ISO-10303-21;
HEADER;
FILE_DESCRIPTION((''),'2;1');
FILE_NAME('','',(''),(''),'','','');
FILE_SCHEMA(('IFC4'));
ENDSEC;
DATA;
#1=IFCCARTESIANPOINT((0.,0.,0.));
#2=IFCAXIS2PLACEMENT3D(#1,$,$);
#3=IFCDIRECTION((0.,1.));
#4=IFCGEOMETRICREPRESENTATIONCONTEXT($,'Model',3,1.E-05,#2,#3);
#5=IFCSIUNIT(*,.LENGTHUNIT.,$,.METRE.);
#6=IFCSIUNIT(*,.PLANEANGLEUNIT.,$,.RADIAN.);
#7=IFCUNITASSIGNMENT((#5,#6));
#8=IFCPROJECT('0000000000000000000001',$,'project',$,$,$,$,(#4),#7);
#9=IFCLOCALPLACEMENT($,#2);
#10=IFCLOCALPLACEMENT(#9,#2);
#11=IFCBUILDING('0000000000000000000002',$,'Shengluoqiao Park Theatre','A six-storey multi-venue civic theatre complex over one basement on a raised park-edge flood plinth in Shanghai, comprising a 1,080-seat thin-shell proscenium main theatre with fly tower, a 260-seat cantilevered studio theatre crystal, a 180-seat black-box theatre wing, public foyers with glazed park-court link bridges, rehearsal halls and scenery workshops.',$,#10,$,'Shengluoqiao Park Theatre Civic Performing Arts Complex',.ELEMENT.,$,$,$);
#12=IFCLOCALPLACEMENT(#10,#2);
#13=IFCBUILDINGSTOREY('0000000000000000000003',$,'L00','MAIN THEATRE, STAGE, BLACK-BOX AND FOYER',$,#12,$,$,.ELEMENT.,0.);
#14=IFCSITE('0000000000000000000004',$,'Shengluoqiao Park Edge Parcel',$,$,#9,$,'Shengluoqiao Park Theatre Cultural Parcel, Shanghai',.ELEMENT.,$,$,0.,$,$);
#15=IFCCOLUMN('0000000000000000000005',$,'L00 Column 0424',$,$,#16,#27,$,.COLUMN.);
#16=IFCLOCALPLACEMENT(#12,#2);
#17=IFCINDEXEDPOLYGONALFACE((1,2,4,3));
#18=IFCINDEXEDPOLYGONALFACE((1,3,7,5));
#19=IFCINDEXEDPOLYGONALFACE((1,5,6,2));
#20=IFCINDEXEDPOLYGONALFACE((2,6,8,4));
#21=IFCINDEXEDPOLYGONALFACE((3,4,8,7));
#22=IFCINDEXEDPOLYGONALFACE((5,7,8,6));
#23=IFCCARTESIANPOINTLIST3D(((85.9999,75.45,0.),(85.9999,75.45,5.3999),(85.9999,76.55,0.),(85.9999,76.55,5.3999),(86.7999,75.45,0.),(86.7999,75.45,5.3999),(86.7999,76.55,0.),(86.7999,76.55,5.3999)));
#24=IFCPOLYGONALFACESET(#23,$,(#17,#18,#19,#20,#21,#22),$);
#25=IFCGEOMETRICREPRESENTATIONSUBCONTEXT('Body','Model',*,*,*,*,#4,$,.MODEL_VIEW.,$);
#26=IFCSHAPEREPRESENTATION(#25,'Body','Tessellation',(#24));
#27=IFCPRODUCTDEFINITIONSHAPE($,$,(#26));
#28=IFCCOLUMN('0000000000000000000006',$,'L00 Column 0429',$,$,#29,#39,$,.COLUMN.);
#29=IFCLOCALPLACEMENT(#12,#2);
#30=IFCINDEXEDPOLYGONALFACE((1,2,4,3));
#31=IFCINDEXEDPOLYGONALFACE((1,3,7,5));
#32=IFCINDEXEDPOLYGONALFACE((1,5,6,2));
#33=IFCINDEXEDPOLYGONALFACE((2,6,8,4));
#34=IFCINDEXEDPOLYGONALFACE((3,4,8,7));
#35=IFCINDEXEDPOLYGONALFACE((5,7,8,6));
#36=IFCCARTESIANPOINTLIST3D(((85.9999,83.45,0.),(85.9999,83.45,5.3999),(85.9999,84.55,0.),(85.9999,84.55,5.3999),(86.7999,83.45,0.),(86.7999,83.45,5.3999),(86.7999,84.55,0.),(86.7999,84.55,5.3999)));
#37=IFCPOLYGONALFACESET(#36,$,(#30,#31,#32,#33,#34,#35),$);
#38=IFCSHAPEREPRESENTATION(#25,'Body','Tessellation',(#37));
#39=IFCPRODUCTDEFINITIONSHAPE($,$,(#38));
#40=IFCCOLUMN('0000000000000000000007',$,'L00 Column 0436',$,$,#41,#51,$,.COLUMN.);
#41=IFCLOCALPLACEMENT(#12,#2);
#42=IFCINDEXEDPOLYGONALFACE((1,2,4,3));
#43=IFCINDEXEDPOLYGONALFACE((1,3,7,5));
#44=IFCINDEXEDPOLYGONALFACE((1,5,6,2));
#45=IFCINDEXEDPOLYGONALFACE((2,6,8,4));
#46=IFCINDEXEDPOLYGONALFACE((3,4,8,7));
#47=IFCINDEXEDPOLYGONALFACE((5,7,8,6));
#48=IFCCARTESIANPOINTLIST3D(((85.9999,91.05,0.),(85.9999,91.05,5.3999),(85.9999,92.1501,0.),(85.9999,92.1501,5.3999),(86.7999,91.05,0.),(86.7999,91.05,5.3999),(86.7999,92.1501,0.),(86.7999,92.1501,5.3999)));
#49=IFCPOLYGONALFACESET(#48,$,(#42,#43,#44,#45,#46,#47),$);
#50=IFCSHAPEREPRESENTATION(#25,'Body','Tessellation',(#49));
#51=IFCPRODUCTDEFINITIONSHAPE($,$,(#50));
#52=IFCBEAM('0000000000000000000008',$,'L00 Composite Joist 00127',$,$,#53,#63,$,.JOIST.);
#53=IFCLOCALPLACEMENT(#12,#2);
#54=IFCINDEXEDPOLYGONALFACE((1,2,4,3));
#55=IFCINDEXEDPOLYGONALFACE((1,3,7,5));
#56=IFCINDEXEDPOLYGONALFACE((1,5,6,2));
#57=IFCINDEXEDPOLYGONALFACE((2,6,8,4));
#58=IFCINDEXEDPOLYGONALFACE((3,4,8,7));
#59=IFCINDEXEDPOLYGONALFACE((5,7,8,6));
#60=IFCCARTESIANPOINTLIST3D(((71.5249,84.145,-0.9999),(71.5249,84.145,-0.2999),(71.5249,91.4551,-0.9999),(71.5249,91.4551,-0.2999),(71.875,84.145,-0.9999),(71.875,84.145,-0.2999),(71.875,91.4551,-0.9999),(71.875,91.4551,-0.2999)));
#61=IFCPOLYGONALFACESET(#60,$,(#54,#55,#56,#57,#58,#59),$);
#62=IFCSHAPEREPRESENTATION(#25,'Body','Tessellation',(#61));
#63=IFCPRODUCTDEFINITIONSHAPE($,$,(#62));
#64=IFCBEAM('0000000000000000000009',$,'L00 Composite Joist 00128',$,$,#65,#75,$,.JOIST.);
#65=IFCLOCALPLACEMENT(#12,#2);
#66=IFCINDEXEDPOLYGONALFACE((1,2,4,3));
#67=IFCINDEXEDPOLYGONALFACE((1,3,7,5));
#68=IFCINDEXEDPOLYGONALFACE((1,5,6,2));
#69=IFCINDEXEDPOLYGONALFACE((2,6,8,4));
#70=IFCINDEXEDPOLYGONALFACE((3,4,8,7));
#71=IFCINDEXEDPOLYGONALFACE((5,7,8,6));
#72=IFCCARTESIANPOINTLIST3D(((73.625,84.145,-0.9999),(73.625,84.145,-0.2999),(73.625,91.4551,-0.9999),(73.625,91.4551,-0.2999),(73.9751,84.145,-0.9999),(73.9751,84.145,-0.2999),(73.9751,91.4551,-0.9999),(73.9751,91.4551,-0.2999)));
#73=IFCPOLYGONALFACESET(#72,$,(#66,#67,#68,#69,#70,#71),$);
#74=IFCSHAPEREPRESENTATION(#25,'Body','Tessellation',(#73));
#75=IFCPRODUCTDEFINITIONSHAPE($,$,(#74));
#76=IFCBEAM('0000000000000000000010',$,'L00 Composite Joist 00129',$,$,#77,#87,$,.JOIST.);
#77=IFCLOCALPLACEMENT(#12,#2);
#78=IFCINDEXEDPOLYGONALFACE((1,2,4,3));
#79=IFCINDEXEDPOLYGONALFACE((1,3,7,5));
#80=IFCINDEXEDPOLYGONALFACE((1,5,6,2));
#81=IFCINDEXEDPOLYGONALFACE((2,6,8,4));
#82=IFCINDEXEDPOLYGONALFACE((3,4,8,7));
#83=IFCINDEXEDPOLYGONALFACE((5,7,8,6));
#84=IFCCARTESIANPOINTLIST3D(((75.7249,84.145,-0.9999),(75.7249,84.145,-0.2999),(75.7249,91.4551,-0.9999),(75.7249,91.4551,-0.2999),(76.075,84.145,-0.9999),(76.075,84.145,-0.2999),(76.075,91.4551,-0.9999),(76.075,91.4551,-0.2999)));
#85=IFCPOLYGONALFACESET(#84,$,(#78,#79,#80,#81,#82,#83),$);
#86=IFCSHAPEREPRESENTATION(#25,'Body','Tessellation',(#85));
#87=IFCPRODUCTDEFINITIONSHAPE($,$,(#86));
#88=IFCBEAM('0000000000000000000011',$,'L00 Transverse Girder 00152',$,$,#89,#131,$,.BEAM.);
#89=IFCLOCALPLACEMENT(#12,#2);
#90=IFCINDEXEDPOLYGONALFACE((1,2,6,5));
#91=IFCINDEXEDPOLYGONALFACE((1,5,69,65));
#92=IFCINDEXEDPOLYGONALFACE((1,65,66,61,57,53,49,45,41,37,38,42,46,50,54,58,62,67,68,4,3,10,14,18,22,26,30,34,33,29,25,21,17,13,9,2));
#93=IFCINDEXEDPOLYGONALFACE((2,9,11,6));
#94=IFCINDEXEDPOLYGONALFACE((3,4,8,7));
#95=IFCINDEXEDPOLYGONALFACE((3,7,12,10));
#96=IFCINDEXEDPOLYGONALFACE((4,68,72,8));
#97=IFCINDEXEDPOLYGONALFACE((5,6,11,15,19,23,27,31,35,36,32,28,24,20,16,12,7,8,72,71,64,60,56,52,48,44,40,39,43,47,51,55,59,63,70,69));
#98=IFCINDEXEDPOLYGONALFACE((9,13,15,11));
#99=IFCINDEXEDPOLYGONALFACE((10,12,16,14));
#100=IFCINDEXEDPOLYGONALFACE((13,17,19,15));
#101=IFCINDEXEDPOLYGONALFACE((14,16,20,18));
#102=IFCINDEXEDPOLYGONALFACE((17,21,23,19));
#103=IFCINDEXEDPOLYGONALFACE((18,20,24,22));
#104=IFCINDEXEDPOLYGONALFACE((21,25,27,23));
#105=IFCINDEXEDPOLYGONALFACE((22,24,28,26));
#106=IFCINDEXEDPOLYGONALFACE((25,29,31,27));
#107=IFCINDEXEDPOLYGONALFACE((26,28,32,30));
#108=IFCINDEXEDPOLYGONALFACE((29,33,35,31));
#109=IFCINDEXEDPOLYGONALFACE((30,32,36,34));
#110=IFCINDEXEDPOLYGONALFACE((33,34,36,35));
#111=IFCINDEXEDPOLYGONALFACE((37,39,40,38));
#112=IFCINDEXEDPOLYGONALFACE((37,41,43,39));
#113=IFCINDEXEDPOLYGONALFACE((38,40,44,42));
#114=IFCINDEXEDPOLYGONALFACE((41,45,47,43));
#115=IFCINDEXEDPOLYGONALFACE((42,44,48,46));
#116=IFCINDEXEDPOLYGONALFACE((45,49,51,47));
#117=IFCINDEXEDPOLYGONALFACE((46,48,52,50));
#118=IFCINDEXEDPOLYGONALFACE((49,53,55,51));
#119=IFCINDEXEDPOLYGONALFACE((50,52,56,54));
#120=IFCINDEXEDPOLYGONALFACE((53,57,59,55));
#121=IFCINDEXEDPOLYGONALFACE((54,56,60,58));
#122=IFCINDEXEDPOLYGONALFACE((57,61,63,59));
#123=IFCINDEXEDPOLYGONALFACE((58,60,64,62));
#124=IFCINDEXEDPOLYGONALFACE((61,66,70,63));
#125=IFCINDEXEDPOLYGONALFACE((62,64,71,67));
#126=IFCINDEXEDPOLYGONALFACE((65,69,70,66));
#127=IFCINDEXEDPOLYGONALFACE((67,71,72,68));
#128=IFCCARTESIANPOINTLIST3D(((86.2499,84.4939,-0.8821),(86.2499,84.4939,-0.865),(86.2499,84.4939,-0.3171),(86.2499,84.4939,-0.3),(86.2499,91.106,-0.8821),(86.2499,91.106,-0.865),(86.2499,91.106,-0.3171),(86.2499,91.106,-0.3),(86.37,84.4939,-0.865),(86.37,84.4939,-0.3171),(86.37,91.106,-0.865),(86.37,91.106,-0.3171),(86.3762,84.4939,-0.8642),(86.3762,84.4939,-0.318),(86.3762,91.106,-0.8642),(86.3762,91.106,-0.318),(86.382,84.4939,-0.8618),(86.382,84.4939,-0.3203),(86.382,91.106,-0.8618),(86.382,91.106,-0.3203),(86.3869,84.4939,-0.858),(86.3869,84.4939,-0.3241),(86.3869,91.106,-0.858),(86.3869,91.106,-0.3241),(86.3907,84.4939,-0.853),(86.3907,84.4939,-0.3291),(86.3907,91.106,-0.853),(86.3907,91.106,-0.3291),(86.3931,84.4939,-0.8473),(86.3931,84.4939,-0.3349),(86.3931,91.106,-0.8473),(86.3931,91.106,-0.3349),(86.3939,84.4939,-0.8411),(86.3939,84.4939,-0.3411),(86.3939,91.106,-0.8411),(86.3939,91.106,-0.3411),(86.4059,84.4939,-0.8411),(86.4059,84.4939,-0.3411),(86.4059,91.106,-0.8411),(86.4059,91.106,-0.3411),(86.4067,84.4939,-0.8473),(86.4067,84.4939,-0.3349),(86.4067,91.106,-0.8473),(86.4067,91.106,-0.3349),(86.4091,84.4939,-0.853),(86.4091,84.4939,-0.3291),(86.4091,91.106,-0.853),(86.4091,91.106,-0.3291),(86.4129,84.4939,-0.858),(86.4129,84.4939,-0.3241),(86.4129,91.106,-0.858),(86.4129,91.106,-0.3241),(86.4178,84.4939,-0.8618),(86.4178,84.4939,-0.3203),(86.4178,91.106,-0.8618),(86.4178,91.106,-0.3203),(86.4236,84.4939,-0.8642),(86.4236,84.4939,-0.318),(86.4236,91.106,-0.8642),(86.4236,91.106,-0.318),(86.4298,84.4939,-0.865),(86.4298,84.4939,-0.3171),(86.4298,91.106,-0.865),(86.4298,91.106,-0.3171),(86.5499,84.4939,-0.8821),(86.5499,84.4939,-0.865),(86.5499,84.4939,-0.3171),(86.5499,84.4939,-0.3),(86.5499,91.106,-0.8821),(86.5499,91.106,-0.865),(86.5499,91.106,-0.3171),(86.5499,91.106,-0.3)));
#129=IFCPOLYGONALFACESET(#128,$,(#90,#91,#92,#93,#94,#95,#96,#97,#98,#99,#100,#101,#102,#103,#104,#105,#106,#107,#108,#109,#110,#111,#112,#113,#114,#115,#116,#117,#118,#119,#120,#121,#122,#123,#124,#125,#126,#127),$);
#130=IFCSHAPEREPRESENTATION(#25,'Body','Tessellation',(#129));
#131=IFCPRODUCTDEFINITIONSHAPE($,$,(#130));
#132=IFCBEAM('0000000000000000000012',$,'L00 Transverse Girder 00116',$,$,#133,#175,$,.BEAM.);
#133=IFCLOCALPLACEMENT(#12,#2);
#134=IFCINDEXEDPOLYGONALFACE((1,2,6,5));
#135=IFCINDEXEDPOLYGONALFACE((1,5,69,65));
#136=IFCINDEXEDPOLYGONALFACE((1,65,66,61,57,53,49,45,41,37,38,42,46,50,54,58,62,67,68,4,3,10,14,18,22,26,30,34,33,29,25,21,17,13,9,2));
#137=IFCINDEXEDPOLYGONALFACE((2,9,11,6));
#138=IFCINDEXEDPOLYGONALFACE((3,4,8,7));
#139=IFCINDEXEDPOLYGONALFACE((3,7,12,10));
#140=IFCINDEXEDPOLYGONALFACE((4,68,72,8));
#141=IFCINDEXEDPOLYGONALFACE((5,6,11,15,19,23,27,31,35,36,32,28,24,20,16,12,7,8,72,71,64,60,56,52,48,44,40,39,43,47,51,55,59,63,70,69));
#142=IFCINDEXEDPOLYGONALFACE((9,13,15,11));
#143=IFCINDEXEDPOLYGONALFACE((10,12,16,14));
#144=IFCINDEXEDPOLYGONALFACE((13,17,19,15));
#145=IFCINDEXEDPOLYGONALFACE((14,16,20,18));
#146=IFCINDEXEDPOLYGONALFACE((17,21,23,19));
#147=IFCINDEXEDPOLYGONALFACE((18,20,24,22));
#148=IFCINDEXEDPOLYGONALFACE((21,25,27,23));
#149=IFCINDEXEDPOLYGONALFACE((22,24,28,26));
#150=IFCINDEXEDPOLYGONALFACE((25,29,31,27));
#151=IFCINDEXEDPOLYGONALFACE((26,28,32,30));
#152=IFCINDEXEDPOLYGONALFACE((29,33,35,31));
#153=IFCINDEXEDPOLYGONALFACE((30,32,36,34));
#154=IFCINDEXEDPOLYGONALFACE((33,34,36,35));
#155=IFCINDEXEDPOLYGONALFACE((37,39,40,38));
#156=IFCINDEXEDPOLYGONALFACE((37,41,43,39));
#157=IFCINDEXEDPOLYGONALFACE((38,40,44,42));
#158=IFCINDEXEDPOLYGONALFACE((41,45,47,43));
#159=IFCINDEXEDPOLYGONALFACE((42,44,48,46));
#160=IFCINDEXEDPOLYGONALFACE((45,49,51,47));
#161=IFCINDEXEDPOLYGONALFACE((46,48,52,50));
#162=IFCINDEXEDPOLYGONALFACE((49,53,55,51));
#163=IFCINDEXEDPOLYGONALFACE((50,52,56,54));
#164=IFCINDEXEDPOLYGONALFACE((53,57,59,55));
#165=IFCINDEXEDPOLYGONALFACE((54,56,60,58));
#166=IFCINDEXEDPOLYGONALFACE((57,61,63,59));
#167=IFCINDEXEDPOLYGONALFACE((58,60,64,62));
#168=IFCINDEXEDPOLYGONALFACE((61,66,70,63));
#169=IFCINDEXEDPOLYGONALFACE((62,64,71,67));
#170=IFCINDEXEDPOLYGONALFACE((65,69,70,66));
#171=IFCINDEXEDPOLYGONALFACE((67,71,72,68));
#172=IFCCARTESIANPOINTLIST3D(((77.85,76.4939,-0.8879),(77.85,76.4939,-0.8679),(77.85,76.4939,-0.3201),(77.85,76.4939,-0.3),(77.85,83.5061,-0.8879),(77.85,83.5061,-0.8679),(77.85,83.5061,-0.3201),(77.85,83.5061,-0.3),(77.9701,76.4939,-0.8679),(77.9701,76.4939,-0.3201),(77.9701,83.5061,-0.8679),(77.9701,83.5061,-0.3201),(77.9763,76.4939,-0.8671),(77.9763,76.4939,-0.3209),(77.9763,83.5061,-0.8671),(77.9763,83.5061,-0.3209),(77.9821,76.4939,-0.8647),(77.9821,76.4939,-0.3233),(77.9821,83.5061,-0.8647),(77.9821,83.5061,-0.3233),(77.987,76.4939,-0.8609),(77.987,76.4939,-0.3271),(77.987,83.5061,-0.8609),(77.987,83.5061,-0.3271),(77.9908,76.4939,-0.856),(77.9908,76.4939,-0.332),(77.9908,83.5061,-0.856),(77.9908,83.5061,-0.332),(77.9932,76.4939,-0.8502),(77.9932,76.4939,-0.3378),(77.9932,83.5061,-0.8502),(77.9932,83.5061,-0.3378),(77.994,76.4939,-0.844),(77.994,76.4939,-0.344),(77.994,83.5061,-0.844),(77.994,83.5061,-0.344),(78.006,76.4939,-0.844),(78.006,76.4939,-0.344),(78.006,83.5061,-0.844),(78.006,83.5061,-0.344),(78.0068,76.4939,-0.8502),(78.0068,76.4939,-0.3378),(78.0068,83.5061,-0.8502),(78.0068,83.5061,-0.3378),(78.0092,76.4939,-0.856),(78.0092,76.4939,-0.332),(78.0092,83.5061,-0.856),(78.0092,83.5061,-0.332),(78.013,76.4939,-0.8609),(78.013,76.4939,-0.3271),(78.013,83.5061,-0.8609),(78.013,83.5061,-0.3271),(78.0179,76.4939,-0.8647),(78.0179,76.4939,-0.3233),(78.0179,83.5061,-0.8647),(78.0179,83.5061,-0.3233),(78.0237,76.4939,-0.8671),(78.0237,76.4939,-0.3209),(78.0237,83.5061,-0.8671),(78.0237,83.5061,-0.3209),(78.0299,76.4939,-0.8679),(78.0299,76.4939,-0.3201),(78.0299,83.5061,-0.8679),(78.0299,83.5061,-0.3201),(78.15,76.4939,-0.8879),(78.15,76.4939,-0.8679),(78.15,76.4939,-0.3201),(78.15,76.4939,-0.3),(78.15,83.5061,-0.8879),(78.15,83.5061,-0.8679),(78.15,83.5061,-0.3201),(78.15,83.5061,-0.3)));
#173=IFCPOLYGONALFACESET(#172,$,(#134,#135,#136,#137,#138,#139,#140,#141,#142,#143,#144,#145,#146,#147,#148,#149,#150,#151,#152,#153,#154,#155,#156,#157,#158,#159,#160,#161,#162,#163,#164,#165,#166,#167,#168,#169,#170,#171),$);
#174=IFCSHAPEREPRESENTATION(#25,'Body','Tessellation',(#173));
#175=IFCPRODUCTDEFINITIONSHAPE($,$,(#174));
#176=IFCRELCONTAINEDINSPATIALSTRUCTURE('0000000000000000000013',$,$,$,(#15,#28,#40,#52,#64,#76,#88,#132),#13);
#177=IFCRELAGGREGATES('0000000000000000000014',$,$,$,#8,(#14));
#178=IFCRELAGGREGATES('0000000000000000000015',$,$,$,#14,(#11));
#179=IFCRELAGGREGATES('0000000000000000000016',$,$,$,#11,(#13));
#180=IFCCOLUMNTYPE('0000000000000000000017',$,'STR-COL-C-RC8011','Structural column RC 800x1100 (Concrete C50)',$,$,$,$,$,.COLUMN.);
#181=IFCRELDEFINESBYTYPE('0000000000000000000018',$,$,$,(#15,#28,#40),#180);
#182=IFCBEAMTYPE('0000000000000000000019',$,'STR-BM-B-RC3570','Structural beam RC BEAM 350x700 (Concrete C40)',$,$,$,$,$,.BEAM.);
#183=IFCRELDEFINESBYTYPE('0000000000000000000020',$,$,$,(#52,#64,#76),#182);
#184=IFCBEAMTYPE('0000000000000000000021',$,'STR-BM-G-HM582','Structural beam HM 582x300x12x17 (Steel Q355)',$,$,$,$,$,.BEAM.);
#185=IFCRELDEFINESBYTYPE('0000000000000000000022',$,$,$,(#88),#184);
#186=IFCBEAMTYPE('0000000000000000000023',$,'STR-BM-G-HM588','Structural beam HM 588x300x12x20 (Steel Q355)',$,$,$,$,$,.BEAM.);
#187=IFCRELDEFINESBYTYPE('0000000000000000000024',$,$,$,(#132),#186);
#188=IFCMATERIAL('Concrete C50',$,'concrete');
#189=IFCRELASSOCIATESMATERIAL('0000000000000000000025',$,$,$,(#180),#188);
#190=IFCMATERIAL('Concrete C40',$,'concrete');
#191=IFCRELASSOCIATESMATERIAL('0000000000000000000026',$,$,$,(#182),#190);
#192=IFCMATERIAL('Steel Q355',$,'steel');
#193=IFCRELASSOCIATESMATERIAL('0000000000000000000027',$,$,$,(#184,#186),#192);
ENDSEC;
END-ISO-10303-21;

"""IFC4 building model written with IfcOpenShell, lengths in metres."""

from ifc_helpers import new_model, si_unit, direction, frame, origin, origin_2d, place, context, subcontext, project, spatial, rectangle, i_section, extrude, material, material_profile, profile_set, type_object, element, save


model = new_model("IFC4")

# Units and contexts
model_context = context("Model", 3, precision=1e-05, world=origin(), true_north=direction((0.0, 1.0)))
body_context = subcontext(model_context, "Body", "Model", "MODEL_VIEW")
ifc_project = project(units=[si_unit("LENGTHUNIT", "METRE"), si_unit("PLANEANGLEUNIT", "RADIAN")], contexts=[model_context])

# Site, building, storey
site_placement = place(None, origin())
site = spatial("IfcSite", under=ifc_project, at=site_placement, Name="Shengluoqiao Park Edge Parcel", LongName="Shengluoqiao Park Theatre Cultural Parcel, Shanghai", CompositionType="ELEMENT", RefElevation=0.0)
building_placement = place(site_placement, origin())
building = spatial("IfcBuilding", under=site, at=building_placement, Name="Shengluoqiao Park Theatre", Description="A six-storey multi-venue civic theatre complex over one basement on a raised park-edge flood plinth in Shanghai, comprising a 1,080-seat thin-shell proscenium main theatre with fly tower, a 260-seat cantilevered studio theatre crystal, a 180-seat black-box theatre wing, public foyers with glazed park-court link bridges, rehearsal halls and scenery workshops.", LongName="Shengluoqiao Park Theatre Civic Performing Arts Complex", CompositionType="ELEMENT")
storey_placement = place(building_placement, origin())
storey = spatial("IfcBuildingStorey", under=building, at=storey_placement, Name="L00", Description="MAIN THEATRE, STAGE, BLACK-BOX AND FOYER", CompositionType="ELEMENT", Elevation=0.0)

# Columns
ifc_material_1 = material(Name="Concrete C50", Category="concrete")
ifc_material_profile_1 = material_profile(ifc_material_1, rectangle(XDim=0.8, YDim=1.1001, at=origin_2d()), Name="RC 800x1100")
ifc_profile_set_1 = profile_set([ifc_material_profile_1], Name="Concrete C50")
column_type = type_object("IfcColumnType", Name="STR-COL-C-RC8011", Description="Structural column RC 800x1100 (Concrete C50)", PredefinedType="COLUMN", material=ifc_profile_set_1)
for number, where, z_axis, x_axis, name in (
    (1, (86.3999, 76.0, 0.0), (0.0, 0.0, 1.0), (1.0, 0.0, 0.0), "L00 Column 0424"),
    (2, (86.3999, 84.0, 0.0), (0.0, 0.0, 1.0), (1.0, 0.0, 0.0), "L00 Column 0429"),
    (3, (86.3999, 91.6001, 0.0), (0.0, 0.0, 1.0), (1.0, 0.0, 0.0), "L00 Column 0436"),
):
    element("IfcColumn", number, at=place(storey_placement, frame(where, z_axis=z_axis, x_axis=x_axis)), inside=storey, type_object=column_type, Name=name, PredefinedType="COLUMN", context=body_context, shape_type="SweptSolid", body=[
        extrude(rectangle(XDim=0.8, YDim=1.1001, at=origin_2d()), origin(), (0.0, 0.0, 1.0), 5.3999),
    ])

# Beams
ifc_material_2 = material(Name="Concrete C40", Category="concrete")
ifc_material_profile_2 = material_profile(ifc_material_2, rectangle(XDim=0.3501, YDim=0.7, at=origin_2d()), Name="RC BEAM 350x700")
ifc_profile_set_2 = profile_set([ifc_material_profile_2], Name="Concrete C40")
beam_type_1 = type_object("IfcBeamType", Name="STR-BM-B-RC3570", Description="Structural beam RC BEAM 350x700 (Concrete C40)", PredefinedType="BEAM", material=ifc_profile_set_2)
for number, where, z_axis, x_axis, name in (
    (4, (71.7, 84.145, -0.6499), (0.0, 1.0, 0.0), (-1.0, 0.0, 0.0), "L00 Composite Joist 00127"),
    (5, (73.8, 84.145, -0.6499), (0.0, 1.0, 0.0), (-1.0, 0.0, 0.0), "L00 Composite Joist 00128"),
    (6, (75.8999, 84.145, -0.6499), (0.0, 1.0, 0.0), (-1.0, 0.0, 0.0), "L00 Composite Joist 00129"),
):
    element("IfcBeam", number, at=place(storey_placement, frame(where, z_axis=z_axis, x_axis=x_axis)), inside=storey, type_object=beam_type_1, Name=name, PredefinedType="JOIST", context=body_context, shape_type="SweptSolid", body=[
        extrude(rectangle(XDim=0.3501, YDim=0.7, at=origin_2d()), origin(), (0.0, 0.0, 1.0), 7.3101),
    ])
ifc_material_3 = material(Name="Steel Q355", Category="steel")
ifc_material_profile_3 = material_profile(ifc_material_3, i_section(OverallWidth=0.3, OverallDepth=0.582, WebThickness=0.012, FlangeThickness=0.0171, FilletRadius=0.0239, at=origin_2d()), Name="HM 582x300x12x17")
ifc_profile_set_3 = profile_set([ifc_material_profile_3], Name="Steel Q355")
beam_type_2 = type_object("IfcBeamType", Name="STR-BM-G-HM582", Description="Structural beam HM 582x300x12x17 (Steel Q355)", PredefinedType="BEAM", material=ifc_profile_set_3)
beam_1_placement = place(storey_placement, frame((86.3999, 84.4939, -0.5911), z_axis=(0.0, 1.0, 0.0), x_axis=(-1.0, 0.0, 0.0)))
element("IfcBeam", 7, at=beam_1_placement, inside=storey, type_object=beam_type_2, Name="L00 Transverse Girder 00152", PredefinedType="BEAM", context=body_context, shape_type="SweptSolid", body=[
    extrude(i_section(OverallWidth=0.3, OverallDepth=0.582, WebThickness=0.012, FlangeThickness=0.0171, FilletRadius=0.0239, at=origin_2d()), origin(), (0.0, 0.0, 1.0), 6.6121),
])
ifc_material_profile_4 = material_profile(ifc_material_3, i_section(OverallWidth=0.3, OverallDepth=0.5879, WebThickness=0.012, FlangeThickness=0.02, FilletRadius=0.0239, at=origin_2d()), Name="HM 588x300x12x20")
ifc_profile_set_4 = profile_set([ifc_material_profile_4], Name="Steel Q355")
beam_type_3 = type_object("IfcBeamType", Name="STR-BM-G-HM588", Description="Structural beam HM 588x300x12x20 (Steel Q355)", PredefinedType="BEAM", material=ifc_profile_set_4)
beam_2_placement = place(storey_placement, frame((78.0, 76.4939, -0.594), z_axis=(0.0, 1.0, 0.0), x_axis=(-1.0, 0.0, 0.0)))
element("IfcBeam", 8, at=beam_2_placement, inside=storey, type_object=beam_type_3, Name="L00 Transverse Girder 00116", PredefinedType="BEAM", context=body_context, shape_type="SweptSolid", body=[
    extrude(i_section(OverallWidth=0.3, OverallDepth=0.5879, WebThickness=0.012, FlangeThickness=0.02, FilletRadius=0.0239, at=origin_2d()), origin(), (0.0, 0.0, 1.0), 7.0122),
])

save(model, "model.ifc")
